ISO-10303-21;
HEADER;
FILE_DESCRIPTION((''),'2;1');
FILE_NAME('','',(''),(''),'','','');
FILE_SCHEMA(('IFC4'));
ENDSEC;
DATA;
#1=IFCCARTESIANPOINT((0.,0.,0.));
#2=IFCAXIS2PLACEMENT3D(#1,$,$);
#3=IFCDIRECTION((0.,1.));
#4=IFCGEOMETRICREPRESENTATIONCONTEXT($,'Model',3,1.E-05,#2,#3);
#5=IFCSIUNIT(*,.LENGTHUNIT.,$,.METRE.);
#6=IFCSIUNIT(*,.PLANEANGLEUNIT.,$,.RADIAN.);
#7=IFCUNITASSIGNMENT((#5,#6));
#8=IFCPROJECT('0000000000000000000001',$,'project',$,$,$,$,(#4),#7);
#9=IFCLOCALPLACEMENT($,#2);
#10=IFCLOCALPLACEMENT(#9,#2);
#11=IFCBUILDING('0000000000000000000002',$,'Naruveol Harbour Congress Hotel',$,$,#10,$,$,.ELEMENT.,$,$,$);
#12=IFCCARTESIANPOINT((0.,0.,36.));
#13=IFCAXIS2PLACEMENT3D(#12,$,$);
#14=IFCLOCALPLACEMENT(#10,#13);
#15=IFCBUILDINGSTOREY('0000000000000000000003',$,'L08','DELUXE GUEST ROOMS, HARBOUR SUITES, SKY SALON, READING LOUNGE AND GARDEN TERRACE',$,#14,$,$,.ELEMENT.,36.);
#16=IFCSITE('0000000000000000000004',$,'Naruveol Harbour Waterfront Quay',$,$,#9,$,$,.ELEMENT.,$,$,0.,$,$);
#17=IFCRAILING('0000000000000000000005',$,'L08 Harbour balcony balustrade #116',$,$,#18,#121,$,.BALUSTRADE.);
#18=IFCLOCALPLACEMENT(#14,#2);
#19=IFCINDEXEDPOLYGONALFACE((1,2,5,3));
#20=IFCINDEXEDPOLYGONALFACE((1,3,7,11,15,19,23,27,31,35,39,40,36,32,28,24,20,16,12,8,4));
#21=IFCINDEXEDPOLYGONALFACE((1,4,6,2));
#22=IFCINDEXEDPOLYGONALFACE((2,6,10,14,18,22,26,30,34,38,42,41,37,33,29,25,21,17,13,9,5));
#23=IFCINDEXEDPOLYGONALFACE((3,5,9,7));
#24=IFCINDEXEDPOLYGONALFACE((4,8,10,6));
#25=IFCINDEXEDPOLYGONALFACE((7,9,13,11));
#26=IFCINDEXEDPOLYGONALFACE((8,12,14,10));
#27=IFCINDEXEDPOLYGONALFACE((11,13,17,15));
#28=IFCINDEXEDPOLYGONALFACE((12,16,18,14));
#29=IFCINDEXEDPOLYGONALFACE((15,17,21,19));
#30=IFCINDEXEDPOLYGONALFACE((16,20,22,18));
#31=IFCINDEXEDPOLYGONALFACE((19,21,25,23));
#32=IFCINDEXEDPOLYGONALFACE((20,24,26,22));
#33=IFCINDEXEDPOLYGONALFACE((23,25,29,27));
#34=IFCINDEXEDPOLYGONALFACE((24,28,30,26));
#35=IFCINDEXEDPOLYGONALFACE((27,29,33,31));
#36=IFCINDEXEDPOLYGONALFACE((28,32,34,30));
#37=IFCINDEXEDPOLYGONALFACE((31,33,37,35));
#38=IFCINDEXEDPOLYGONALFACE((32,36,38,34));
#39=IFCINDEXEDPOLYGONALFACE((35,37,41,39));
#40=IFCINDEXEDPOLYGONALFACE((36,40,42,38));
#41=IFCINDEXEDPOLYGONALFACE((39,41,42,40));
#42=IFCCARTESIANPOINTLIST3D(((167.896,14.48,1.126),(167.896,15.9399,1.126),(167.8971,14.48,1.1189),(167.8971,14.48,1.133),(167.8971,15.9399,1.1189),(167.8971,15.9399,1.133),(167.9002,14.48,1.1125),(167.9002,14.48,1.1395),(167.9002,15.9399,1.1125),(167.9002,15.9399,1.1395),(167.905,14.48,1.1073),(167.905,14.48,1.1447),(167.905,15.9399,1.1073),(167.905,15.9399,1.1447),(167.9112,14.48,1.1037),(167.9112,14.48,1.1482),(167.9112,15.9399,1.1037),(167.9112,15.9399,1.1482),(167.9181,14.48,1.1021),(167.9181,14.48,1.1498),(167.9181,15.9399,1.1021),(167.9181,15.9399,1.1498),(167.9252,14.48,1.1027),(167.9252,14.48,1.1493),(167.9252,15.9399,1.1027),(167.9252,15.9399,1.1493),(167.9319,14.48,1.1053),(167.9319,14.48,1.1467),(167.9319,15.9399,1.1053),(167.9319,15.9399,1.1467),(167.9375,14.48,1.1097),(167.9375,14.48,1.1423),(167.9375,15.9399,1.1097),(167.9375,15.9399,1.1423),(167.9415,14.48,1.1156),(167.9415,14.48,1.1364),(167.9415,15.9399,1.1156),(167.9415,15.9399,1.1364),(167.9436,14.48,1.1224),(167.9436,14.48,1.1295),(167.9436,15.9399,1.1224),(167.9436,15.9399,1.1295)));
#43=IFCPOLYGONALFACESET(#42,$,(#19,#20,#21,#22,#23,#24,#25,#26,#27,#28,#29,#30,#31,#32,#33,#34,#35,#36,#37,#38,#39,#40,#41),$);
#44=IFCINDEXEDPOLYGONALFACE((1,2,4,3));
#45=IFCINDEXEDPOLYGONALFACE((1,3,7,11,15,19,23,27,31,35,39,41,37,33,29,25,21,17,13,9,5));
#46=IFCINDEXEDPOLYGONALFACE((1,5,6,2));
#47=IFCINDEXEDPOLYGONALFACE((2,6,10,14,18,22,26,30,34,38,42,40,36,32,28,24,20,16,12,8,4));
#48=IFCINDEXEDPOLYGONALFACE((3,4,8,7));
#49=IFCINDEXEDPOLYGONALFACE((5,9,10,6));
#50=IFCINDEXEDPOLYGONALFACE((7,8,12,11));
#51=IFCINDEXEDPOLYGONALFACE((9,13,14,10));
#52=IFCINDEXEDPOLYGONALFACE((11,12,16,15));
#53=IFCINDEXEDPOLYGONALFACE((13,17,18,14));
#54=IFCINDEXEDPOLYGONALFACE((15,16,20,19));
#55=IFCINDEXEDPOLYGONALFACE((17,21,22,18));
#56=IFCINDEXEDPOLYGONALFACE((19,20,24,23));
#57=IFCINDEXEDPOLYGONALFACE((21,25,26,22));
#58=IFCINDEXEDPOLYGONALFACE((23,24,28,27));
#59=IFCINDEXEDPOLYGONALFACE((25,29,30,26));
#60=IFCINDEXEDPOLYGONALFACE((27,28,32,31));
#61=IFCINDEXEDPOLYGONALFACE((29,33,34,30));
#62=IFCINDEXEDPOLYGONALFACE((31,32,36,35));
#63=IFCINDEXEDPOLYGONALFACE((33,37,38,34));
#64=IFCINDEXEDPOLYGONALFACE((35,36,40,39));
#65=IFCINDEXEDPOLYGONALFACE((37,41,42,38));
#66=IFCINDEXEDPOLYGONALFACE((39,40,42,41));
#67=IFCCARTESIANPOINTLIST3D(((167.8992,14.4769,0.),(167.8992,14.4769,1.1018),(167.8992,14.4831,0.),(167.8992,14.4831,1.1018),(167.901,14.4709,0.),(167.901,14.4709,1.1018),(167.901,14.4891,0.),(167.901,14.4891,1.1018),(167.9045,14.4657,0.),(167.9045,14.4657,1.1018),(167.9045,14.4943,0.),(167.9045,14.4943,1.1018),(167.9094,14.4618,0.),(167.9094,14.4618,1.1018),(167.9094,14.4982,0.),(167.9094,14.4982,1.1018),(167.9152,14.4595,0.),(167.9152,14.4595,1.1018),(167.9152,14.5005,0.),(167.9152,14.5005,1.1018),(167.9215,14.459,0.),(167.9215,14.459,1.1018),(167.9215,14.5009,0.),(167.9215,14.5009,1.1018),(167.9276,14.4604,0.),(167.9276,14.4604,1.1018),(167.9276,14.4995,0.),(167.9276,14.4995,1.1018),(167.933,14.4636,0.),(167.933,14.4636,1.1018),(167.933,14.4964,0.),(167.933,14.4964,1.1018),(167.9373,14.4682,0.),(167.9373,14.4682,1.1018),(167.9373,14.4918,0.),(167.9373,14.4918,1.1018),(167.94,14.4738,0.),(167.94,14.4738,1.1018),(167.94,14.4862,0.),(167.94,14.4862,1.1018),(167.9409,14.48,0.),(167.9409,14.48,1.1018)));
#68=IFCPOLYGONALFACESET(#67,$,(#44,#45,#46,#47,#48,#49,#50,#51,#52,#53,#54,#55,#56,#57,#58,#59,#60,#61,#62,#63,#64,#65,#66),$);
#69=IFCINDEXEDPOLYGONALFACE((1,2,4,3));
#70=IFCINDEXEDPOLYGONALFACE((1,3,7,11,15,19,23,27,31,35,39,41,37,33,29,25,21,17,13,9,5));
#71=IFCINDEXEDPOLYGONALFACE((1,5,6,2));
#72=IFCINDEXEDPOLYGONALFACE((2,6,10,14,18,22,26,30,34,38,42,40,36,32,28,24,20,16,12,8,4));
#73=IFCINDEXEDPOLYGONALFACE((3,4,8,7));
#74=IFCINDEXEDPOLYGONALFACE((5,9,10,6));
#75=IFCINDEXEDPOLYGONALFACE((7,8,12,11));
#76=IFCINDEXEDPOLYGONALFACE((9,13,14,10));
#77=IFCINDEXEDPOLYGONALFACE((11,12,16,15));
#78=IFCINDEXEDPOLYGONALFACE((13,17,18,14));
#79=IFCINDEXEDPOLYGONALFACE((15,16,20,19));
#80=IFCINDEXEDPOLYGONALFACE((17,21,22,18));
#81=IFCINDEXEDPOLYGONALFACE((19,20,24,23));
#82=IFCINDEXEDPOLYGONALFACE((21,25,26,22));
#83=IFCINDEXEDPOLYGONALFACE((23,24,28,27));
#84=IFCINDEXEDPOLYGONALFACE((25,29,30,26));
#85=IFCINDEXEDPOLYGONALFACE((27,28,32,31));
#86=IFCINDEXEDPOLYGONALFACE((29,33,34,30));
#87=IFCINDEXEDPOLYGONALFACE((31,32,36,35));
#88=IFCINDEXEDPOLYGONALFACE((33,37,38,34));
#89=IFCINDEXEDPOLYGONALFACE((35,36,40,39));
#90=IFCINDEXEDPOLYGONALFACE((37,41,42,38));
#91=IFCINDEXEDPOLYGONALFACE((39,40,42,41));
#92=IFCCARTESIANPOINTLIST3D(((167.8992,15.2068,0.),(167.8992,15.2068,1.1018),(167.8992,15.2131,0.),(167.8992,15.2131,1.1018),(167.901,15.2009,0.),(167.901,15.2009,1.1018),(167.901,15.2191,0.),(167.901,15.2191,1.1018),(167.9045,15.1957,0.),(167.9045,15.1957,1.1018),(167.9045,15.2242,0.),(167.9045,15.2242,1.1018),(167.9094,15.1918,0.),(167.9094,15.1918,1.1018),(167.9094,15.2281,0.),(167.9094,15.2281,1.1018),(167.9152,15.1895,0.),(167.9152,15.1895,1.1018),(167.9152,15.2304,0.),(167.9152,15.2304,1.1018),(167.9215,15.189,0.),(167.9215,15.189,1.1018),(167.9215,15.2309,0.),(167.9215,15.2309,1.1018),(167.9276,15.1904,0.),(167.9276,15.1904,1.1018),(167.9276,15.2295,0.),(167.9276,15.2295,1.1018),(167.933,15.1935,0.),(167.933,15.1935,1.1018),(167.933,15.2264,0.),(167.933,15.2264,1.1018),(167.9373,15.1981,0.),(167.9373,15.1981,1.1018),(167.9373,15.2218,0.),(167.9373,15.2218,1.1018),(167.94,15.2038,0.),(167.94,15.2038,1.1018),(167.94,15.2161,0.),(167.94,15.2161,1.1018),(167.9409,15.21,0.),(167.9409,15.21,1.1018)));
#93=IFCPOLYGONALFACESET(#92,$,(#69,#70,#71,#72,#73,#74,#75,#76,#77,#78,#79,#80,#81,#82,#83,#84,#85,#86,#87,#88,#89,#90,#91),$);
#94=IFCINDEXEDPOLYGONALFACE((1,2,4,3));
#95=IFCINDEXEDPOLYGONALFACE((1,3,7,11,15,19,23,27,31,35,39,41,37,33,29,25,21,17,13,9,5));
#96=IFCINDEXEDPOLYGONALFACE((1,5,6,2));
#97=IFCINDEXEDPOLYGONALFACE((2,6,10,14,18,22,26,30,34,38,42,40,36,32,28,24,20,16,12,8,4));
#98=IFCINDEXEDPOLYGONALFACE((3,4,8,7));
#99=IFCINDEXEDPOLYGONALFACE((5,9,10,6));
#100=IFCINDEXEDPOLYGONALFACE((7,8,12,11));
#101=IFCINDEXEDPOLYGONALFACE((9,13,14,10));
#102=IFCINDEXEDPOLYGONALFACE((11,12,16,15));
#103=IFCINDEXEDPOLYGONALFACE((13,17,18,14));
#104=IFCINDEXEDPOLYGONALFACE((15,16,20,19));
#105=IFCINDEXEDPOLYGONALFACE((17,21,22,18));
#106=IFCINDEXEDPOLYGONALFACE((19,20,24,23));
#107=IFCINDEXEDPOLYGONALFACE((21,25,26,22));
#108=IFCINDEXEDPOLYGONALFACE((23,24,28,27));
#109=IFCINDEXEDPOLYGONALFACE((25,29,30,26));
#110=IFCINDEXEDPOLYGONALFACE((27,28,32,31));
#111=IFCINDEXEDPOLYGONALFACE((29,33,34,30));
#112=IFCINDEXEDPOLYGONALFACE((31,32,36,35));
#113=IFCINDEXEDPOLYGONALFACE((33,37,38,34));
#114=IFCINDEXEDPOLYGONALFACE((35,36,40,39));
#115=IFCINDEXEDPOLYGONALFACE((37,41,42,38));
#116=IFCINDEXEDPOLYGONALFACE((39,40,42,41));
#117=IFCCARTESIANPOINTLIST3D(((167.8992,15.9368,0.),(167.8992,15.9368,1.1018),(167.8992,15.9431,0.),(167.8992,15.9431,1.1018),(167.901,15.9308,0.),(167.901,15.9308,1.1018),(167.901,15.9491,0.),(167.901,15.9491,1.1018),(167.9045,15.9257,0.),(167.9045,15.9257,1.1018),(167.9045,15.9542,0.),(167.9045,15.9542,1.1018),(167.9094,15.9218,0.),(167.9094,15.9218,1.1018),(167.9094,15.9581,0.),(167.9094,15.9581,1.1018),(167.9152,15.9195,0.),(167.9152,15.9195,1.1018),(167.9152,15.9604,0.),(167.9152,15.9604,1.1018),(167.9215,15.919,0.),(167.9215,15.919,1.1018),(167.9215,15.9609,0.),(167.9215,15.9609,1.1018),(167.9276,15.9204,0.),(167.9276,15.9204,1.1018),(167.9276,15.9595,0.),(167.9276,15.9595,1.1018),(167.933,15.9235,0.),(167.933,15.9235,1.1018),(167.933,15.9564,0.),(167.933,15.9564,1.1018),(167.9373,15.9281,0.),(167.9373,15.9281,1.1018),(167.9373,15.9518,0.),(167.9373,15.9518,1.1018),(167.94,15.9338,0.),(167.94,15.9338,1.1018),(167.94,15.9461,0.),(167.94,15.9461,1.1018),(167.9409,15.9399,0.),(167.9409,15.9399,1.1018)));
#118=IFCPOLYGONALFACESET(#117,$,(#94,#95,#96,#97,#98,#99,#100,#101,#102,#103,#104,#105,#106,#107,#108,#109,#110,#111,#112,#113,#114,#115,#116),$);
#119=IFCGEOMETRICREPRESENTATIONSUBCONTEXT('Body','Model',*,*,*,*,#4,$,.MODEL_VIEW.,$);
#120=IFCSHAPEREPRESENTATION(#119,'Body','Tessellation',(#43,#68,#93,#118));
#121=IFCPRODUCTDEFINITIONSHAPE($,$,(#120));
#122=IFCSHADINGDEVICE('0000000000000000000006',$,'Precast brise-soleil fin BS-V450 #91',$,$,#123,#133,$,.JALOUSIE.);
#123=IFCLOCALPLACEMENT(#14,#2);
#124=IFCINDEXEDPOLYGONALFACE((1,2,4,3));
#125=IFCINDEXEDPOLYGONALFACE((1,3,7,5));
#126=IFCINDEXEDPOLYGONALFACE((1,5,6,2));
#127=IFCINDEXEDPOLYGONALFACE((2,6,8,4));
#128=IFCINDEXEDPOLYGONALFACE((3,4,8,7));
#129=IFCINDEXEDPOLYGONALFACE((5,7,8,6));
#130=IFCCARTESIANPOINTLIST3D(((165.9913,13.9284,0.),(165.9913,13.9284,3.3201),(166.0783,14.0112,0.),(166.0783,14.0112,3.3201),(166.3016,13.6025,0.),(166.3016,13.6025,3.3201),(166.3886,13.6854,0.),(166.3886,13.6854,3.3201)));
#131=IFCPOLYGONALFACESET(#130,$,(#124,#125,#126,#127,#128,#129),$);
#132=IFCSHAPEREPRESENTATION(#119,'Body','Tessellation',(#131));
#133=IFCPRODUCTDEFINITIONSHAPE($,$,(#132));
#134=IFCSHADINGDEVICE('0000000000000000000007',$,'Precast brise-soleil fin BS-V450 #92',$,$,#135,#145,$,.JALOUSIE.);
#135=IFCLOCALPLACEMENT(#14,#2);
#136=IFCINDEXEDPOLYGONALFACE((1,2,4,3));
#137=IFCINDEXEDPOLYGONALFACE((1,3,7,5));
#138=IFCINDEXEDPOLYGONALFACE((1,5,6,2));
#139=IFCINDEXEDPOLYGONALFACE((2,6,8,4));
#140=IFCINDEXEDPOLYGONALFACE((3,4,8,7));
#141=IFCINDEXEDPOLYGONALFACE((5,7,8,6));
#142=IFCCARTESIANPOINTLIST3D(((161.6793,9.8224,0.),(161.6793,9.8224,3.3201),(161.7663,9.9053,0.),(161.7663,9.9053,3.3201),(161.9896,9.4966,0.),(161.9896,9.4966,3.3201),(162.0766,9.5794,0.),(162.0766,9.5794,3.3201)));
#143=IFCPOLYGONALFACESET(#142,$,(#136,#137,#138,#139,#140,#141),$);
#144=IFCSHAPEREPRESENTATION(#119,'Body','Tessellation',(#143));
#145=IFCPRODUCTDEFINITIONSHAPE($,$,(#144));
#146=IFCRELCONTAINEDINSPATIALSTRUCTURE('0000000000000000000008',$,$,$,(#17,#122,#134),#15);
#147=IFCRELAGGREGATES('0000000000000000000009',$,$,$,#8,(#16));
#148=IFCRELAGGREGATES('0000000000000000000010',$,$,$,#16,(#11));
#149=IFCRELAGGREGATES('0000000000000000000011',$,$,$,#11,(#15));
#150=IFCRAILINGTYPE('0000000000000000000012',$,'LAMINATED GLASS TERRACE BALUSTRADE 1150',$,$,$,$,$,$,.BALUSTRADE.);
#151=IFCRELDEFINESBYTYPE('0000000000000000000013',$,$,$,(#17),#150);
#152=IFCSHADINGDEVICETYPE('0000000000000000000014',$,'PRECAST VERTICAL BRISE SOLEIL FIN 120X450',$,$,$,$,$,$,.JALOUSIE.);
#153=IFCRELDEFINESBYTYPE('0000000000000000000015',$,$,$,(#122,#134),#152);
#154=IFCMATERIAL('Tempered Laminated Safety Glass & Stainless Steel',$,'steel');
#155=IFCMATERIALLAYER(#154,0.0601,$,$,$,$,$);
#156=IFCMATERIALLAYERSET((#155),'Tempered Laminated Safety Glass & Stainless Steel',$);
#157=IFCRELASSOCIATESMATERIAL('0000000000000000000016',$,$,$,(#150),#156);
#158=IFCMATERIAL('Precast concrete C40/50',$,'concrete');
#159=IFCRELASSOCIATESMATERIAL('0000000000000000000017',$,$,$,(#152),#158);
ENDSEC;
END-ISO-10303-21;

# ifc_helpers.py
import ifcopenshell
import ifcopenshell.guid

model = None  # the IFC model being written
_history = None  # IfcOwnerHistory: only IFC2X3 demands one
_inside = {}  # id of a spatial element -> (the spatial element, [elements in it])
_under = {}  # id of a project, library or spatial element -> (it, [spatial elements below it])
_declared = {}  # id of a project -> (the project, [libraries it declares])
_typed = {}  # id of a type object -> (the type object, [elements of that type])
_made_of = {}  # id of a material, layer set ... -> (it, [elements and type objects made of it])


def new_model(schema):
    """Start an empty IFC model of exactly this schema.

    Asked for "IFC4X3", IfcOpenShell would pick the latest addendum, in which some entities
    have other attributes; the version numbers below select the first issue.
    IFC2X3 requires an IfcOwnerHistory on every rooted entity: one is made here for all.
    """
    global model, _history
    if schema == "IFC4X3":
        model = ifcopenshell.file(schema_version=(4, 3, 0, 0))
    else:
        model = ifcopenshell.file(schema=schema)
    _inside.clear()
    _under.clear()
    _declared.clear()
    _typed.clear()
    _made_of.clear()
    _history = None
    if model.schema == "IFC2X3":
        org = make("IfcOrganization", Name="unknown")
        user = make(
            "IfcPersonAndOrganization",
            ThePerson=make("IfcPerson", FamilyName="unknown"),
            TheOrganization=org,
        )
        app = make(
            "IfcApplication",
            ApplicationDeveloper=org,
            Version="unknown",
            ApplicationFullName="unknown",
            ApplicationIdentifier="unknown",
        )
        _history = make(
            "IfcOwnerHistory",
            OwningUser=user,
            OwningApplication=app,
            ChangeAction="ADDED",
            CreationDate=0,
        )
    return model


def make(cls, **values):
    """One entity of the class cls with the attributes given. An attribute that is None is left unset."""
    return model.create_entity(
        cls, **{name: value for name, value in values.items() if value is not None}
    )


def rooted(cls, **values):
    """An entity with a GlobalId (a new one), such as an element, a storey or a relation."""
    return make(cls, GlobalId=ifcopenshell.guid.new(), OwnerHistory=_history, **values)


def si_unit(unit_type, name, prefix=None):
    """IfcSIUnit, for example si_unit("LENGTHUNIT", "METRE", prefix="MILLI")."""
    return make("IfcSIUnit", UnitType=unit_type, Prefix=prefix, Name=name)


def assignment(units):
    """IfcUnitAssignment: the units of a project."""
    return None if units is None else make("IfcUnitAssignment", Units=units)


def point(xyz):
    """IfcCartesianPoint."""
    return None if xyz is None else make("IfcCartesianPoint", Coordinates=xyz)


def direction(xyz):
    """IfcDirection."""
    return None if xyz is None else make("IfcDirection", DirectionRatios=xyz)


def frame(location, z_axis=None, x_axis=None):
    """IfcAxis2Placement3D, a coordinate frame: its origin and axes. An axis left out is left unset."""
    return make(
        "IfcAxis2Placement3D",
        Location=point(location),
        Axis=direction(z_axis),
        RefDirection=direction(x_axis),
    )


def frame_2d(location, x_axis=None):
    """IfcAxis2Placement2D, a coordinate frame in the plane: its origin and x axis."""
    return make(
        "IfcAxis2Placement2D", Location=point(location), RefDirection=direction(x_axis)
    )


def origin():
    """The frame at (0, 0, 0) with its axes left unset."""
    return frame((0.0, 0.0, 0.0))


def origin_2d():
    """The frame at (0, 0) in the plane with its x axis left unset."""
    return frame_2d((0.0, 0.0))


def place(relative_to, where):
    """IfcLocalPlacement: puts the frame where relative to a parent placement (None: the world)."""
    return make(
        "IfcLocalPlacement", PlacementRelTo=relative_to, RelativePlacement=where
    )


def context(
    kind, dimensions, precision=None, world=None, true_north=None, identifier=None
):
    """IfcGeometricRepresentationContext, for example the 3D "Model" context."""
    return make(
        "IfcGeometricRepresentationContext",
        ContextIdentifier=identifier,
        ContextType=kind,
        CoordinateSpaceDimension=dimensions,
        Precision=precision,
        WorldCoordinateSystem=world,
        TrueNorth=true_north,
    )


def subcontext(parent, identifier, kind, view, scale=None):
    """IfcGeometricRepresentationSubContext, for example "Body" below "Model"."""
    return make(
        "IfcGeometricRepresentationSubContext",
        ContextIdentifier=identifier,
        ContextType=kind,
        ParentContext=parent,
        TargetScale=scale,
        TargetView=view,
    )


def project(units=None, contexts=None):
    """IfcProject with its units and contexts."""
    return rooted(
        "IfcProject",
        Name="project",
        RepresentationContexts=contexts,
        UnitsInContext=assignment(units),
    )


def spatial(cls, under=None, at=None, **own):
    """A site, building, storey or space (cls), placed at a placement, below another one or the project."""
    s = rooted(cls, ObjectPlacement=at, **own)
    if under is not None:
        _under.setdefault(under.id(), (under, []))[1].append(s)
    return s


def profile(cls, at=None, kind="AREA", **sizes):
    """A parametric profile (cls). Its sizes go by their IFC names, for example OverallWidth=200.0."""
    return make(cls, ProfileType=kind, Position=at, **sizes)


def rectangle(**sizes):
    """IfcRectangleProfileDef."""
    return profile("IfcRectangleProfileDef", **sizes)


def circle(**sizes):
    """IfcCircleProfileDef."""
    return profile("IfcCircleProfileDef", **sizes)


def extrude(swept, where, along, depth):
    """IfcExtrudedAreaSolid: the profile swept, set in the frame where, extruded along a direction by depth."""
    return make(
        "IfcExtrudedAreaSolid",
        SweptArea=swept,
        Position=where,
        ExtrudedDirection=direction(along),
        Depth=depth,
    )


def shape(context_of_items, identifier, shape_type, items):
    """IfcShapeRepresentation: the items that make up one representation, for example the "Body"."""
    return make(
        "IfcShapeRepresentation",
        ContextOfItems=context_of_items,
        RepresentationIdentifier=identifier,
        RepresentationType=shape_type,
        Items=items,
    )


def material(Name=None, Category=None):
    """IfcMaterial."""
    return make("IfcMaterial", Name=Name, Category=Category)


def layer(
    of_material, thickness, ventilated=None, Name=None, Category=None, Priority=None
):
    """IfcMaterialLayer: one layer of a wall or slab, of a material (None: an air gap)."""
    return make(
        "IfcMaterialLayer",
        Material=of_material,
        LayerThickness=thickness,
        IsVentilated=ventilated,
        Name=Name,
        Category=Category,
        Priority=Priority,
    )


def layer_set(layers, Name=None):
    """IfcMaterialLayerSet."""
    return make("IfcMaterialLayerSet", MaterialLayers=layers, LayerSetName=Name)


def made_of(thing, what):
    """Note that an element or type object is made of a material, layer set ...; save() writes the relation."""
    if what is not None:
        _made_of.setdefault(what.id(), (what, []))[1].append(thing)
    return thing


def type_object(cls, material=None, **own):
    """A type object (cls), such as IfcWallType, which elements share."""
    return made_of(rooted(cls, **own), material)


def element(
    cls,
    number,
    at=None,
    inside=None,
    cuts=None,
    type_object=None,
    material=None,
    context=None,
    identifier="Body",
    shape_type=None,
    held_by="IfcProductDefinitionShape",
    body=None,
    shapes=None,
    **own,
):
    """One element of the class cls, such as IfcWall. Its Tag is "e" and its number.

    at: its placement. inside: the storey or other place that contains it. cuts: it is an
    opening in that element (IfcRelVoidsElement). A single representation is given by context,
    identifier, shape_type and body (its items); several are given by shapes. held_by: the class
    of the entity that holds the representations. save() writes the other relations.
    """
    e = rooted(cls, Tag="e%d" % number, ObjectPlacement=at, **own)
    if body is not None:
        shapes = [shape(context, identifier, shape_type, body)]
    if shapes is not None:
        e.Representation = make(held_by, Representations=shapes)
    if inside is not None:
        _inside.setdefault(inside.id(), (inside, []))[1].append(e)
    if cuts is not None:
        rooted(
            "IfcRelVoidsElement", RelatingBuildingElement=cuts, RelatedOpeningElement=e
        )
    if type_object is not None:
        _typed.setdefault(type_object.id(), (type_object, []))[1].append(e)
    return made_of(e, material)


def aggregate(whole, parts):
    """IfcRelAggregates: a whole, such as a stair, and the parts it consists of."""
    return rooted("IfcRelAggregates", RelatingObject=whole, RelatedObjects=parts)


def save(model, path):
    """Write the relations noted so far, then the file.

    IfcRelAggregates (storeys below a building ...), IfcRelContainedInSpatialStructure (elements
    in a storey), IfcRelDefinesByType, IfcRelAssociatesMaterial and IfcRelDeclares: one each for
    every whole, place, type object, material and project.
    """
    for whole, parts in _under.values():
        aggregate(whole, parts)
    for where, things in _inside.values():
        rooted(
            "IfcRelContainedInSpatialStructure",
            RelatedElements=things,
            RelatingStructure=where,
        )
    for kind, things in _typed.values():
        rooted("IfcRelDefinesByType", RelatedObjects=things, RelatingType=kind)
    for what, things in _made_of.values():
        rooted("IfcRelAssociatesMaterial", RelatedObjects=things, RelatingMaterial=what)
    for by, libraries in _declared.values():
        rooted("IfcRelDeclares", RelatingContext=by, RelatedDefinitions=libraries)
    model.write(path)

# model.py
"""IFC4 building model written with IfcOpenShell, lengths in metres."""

from ifc_helpers import new_model, si_unit, direction, frame, origin, origin_2d, place, context, subcontext, project, spatial, rectangle, circle, extrude, material, layer, layer_set, type_object, element, save


model = new_model("IFC4")

# Units and contexts
model_context = context("Model", 3, precision=1e-05, world=origin(), true_north=direction((0.0, 1.0)))
body_context = subcontext(model_context, "Body", "Model", "MODEL_VIEW")
ifc_project = project(units=[si_unit("LENGTHUNIT", "METRE"), si_unit("PLANEANGLEUNIT", "RADIAN")], contexts=[model_context])

# Site, building, storey
site_placement = place(None, origin())
site = spatial("IfcSite", under=ifc_project, at=site_placement, Name="Naruveol Harbour Waterfront Quay", CompositionType="ELEMENT", RefElevation=0.0)
building_placement = place(site_placement, origin())
building = spatial("IfcBuilding", under=site, at=building_placement, Name="Naruveol Harbour Congress Hotel", CompositionType="ELEMENT")
storey_placement = place(building_placement, frame((0.0, 0.0, 36.0)))
storey = spatial("IfcBuildingStorey", under=building, at=storey_placement, Name="L08", Description="DELUXE GUEST ROOMS, HARBOUR SUITES, SKY SALON, READING LOUNGE AND GARDEN TERRACE", CompositionType="ELEMENT", Elevation=36.0)

# Railing
ifc_material_1 = material(Name="Tempered Laminated Safety Glass & Stainless Steel", Category="steel")
ifc_layer_1 = layer(ifc_material_1, 0.0601)
ifc_layer_set_1 = layer_set([ifc_layer_1], Name="Tempered Laminated Safety Glass & Stainless Steel")
railing_type = type_object("IfcRailingType", Name="LAMINATED GLASS TERRACE BALUSTRADE 1150", PredefinedType="BALUSTRADE", material=ifc_layer_set_1)
railing_1_placement = place(storey_placement, frame((167.9199, 14.48, 0.0)))
element("IfcRailing", 1, at=railing_1_placement, inside=storey, type_object=railing_type, Name="L08 Harbour balcony balustrade #116", PredefinedType="BALUSTRADE", context=body_context, shape_type="SweptSolid", body=[
    extrude(circle(Radius=0.0239, at=origin_2d()), frame((0.0, 0.0, 1.126), z_axis=(0.0, 1.0, 0.0), x_axis=(-1.0, 0.0, 0.0)), (0.0, 0.0, 1.0), 1.46),
    extrude(circle(Radius=0.021, at=origin_2d()), origin(), (0.0, 0.0, 1.0), 1.1018),
    extrude(circle(Radius=0.021, at=origin_2d()), frame((0.0, 0.73, 0.0)), (0.0, 0.0, 1.0), 1.1018),
    extrude(circle(Radius=0.021, at=origin_2d()), frame((0.0, 1.46, 0.0)), (0.0, 0.0, 1.0), 1.1018),
])

# Shading devices
ifc_material_2 = material(Name="Precast concrete C40/50", Category="concrete")
shading_device_type = type_object("IfcShadingDeviceType", Name="PRECAST VERTICAL BRISE SOLEIL FIN 120X450", PredefinedType="JALOUSIE", material=ifc_material_2)
for number, where, z_axis, x_axis, name in (
    (2, (166.1899, 13.8069, 0.0), (0.0, 0.0, 1.0), (-0.724172, -0.68962, 0.0), "Precast brise-soleil fin BS-V450 #91"),
    (3, (161.8779, 9.7009, 0.0), (0.0, 0.0, 1.0), (-0.724172, -0.68962, 0.0), "Precast brise-soleil fin BS-V450 #92"),
):
    element("IfcShadingDevice", number, at=place(storey_placement, frame(where, z_axis=z_axis, x_axis=x_axis)), inside=storey, type_object=shading_device_type, Name=name, PredefinedType="JALOUSIE", context=body_context, shape_type="SweptSolid", body=[
        extrude(rectangle(XDim=0.1201, YDim=0.45, at=origin_2d()), origin(), (0.0, 0.0, 1.0), 3.3201),
    ])

save(model, "model.ifc")
